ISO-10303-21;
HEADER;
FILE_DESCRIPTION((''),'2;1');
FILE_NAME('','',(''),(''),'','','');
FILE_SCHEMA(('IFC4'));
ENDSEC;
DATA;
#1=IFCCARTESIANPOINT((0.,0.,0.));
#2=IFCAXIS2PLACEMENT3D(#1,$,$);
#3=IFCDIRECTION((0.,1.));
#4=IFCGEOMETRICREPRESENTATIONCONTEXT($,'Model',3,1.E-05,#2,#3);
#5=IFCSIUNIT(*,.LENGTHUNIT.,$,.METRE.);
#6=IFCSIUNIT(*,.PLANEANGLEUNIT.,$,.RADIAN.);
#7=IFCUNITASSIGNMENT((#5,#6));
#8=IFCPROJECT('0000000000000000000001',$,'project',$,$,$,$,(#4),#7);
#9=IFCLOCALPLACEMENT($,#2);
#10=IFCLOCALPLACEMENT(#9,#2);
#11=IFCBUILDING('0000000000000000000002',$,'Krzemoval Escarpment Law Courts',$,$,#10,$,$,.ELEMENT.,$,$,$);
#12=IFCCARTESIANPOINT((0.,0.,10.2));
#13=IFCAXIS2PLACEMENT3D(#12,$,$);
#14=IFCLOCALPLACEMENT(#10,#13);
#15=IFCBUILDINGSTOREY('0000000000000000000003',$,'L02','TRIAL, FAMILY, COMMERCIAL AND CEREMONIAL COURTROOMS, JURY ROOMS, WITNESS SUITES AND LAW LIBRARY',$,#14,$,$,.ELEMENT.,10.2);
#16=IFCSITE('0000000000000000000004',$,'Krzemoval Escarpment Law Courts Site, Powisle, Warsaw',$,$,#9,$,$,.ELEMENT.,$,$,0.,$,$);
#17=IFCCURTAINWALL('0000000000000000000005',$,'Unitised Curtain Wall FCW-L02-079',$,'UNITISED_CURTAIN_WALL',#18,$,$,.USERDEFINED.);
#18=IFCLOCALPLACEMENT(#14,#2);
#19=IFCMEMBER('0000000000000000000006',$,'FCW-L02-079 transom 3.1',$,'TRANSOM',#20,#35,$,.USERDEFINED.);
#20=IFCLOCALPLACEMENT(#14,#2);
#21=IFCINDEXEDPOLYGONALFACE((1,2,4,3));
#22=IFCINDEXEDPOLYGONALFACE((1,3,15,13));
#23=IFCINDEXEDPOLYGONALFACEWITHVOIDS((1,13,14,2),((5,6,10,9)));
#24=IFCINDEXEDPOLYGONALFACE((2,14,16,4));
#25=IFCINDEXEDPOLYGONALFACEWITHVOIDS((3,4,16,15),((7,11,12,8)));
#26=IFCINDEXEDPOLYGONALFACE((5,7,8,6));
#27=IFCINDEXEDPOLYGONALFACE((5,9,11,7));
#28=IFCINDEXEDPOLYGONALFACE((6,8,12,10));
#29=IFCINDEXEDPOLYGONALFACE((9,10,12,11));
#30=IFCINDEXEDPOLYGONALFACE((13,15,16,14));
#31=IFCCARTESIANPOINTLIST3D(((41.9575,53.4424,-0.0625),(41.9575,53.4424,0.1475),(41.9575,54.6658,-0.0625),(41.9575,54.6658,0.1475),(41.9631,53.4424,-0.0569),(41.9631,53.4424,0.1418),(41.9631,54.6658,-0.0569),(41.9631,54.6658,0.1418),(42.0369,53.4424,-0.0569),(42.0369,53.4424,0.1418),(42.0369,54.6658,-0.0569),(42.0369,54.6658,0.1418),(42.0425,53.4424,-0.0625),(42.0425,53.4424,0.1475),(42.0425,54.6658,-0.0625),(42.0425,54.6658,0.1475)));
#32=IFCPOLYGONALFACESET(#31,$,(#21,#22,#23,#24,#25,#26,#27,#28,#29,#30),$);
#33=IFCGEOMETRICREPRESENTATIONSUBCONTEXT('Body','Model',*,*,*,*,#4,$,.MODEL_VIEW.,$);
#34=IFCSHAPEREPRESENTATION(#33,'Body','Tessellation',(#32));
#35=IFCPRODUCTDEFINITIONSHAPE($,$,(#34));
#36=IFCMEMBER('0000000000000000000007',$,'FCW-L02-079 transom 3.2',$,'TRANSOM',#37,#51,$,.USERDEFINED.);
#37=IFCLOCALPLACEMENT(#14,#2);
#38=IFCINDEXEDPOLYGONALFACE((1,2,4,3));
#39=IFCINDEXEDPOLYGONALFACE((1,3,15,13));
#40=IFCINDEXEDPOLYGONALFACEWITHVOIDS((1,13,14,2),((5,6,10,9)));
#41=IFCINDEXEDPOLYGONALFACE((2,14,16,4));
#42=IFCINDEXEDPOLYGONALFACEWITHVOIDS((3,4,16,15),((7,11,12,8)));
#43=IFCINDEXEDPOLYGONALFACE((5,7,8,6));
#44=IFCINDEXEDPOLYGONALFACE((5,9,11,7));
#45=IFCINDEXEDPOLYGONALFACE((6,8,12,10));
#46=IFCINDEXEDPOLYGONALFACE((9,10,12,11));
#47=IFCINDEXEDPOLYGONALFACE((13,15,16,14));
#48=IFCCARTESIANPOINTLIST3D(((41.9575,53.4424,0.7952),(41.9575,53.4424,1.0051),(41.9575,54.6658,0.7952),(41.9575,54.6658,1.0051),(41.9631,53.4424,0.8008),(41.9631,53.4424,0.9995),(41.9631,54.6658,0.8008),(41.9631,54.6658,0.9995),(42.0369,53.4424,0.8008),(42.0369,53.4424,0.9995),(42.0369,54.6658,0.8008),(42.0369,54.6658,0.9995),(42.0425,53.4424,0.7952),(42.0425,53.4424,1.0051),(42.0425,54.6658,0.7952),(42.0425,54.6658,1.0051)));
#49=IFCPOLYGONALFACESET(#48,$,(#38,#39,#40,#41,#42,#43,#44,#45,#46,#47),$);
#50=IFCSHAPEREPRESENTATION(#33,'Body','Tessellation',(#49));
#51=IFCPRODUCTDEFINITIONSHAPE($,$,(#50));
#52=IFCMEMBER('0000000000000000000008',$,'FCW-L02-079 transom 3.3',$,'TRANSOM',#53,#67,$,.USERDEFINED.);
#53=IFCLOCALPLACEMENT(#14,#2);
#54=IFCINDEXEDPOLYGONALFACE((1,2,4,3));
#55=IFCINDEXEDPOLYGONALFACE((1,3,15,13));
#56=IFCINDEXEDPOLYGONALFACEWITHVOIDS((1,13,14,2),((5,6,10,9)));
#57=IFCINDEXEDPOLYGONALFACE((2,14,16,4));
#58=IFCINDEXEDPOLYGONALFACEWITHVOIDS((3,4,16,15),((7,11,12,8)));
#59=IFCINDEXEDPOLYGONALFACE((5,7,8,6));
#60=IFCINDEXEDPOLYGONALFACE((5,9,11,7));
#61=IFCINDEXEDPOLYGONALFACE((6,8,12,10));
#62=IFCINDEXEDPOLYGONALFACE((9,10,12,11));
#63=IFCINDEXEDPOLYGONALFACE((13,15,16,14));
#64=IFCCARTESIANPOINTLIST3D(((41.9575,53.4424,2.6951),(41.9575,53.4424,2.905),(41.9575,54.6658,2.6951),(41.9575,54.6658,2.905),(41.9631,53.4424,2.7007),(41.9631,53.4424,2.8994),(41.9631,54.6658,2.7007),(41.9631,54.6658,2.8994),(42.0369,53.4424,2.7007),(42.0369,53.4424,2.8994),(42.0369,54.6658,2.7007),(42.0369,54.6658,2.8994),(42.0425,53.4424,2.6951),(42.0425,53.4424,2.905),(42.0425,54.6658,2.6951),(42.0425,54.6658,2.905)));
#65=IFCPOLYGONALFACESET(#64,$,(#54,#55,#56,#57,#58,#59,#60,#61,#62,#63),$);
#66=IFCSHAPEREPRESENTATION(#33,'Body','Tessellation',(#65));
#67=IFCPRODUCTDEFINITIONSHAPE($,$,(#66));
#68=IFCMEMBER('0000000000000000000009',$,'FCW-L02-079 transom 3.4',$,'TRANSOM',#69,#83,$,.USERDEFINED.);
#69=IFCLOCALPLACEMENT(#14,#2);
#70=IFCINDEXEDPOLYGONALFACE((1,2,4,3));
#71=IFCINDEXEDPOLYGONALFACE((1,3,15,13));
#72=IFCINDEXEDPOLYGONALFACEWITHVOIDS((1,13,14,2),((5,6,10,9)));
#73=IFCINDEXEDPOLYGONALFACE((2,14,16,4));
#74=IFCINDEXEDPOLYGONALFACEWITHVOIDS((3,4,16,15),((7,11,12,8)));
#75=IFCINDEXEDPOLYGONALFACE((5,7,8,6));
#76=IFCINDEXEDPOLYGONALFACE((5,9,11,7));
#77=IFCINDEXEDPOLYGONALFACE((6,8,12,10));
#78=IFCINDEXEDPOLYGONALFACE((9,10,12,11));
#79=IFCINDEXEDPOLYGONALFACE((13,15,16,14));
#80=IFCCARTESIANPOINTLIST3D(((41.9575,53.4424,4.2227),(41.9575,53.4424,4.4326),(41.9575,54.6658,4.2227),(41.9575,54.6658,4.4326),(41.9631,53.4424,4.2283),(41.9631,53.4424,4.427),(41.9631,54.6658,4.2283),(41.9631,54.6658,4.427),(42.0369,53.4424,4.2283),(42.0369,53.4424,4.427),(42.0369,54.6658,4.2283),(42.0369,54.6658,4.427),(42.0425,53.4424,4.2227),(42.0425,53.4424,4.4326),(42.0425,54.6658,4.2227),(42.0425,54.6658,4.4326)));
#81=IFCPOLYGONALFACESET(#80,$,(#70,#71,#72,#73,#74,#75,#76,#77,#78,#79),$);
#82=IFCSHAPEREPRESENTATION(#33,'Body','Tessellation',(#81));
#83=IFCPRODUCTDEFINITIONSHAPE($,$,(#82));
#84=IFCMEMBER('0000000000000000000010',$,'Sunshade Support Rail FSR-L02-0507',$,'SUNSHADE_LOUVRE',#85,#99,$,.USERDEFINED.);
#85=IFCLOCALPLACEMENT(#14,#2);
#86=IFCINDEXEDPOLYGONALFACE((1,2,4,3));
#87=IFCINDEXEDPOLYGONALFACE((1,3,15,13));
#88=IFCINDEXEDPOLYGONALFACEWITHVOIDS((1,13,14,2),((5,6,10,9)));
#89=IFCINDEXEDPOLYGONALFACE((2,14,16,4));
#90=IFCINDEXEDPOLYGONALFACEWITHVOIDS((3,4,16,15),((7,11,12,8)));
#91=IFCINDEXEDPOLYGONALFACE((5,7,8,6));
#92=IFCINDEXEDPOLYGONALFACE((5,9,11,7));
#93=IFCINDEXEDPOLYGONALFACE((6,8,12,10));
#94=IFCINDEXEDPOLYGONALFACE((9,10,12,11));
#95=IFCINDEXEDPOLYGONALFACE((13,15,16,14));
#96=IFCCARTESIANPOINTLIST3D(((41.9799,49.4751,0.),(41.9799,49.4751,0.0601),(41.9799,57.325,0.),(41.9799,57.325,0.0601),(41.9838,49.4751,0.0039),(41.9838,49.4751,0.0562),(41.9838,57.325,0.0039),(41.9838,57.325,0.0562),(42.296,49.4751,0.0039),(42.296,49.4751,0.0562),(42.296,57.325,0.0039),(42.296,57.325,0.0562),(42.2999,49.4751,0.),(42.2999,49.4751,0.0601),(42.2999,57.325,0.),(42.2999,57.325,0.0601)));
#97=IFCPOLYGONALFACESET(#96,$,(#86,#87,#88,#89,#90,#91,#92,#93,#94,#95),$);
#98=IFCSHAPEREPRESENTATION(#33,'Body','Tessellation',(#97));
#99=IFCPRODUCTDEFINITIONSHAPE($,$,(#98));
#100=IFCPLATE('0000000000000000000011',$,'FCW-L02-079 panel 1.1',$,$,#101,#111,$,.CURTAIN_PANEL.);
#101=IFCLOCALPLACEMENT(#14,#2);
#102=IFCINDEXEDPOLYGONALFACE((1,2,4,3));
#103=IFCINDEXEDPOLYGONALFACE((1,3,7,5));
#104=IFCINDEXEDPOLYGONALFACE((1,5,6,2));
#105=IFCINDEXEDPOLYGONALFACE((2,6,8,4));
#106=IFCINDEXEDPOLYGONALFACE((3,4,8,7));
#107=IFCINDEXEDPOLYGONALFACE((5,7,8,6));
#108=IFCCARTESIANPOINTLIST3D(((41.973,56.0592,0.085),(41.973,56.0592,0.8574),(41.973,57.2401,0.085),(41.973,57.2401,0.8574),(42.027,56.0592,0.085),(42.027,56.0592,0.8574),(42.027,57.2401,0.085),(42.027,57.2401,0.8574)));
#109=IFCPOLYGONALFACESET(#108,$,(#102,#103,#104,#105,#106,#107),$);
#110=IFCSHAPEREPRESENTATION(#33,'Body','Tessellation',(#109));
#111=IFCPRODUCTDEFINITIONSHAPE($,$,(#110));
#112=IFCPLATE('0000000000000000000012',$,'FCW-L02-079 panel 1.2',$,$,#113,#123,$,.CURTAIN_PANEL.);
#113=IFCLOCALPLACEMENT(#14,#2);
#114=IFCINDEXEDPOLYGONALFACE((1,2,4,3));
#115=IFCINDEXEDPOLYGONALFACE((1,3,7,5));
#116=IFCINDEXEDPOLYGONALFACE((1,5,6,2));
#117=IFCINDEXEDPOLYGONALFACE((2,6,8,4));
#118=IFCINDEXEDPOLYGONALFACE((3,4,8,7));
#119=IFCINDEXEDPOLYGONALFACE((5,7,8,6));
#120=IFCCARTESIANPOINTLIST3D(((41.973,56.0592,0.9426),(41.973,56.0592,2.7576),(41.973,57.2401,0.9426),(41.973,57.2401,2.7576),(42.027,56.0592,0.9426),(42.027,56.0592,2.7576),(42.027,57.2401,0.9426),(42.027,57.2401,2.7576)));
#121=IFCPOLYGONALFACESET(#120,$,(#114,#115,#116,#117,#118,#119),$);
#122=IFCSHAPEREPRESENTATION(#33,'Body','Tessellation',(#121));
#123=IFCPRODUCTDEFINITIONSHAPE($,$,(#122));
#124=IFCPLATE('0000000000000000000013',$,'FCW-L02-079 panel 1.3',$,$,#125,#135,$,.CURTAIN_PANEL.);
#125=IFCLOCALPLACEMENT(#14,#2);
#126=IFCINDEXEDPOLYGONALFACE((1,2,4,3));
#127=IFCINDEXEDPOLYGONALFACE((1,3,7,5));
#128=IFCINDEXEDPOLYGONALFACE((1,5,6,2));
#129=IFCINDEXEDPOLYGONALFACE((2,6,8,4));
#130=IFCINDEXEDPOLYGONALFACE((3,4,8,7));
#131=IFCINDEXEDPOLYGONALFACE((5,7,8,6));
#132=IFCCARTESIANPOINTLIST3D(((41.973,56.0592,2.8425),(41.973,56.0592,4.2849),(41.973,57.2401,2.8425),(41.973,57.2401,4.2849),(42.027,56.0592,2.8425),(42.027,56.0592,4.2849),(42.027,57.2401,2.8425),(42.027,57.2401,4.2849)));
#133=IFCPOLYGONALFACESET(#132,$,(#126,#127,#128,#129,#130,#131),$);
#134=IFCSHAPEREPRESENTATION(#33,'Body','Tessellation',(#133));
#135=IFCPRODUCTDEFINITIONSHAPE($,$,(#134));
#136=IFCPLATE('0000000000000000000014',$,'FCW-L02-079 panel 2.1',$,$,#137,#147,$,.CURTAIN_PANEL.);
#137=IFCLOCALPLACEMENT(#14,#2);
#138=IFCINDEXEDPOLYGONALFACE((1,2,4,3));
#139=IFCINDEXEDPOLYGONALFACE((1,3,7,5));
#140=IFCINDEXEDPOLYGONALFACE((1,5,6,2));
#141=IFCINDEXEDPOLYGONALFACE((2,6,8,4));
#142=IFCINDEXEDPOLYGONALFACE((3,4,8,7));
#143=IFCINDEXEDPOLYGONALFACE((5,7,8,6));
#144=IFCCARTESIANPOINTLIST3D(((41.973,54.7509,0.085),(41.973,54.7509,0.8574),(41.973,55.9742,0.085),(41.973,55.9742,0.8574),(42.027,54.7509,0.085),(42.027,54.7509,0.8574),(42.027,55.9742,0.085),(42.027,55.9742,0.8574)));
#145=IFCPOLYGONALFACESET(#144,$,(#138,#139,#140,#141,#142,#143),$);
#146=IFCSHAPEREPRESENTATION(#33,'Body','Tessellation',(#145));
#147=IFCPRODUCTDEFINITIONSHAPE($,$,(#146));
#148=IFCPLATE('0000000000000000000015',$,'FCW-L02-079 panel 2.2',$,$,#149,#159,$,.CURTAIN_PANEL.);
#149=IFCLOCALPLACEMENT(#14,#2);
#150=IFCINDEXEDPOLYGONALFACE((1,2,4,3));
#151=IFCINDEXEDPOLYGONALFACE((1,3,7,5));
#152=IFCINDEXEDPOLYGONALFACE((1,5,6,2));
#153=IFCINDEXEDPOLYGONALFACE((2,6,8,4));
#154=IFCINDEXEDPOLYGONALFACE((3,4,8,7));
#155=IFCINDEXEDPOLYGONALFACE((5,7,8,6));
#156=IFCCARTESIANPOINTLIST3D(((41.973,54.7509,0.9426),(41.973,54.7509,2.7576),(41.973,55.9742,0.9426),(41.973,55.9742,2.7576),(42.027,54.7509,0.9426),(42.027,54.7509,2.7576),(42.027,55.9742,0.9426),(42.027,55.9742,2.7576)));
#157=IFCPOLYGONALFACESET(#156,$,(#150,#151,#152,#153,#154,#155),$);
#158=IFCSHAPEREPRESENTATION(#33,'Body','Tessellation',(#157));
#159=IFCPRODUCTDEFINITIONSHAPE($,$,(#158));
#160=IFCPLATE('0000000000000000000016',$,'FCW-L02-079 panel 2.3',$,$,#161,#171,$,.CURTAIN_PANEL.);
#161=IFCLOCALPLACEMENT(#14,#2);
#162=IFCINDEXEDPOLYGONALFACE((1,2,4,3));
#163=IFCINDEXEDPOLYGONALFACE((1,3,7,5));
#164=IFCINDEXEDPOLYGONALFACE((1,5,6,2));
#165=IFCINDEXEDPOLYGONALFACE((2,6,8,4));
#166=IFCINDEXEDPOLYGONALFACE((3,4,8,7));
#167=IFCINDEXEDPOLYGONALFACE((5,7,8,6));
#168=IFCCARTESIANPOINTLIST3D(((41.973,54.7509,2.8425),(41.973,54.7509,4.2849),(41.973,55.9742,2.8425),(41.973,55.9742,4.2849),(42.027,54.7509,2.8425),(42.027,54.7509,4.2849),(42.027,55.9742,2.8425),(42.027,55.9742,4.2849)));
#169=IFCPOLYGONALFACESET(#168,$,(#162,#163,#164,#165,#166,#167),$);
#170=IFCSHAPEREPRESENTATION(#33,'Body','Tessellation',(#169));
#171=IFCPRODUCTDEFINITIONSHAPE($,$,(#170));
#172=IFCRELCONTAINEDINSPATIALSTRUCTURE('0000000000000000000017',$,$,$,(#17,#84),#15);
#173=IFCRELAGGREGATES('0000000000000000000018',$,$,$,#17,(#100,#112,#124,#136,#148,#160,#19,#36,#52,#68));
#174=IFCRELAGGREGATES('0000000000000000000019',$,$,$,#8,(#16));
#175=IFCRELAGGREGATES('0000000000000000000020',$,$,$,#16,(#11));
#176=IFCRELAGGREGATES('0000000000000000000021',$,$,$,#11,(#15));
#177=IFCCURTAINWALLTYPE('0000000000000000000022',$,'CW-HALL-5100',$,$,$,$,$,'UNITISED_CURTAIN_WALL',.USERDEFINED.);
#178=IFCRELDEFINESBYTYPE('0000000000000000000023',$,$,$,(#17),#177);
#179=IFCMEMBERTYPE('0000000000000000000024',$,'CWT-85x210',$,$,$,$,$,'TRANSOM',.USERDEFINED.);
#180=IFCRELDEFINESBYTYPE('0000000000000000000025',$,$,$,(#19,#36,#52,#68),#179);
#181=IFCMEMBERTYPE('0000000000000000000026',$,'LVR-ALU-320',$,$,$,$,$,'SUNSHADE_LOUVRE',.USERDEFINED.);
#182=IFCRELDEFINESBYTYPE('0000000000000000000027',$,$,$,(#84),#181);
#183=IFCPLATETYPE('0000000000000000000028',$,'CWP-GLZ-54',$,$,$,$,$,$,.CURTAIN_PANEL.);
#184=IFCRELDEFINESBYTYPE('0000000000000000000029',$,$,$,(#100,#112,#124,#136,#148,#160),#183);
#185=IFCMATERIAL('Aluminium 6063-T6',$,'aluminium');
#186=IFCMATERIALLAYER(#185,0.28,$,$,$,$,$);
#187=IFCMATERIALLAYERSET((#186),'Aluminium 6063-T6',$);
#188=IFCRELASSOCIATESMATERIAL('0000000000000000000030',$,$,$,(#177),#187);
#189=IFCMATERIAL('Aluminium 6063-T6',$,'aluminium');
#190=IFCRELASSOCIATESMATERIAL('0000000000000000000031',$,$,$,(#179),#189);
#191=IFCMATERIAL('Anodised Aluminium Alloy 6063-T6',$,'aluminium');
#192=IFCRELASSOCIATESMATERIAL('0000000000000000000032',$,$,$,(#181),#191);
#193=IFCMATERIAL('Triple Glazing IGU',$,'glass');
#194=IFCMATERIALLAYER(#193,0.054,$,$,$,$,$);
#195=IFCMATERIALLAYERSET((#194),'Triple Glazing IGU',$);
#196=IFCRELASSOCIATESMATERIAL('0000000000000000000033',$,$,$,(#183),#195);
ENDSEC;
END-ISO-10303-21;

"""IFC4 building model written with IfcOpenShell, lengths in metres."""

from ifc_helpers import new_model, si_unit, direction, frame, origin, origin_2d, place, context, subcontext, project, spatial, rectangle, hollow_rectangle, extrude, material, layer, layer_set, material_profile, profile_set, type_object, element, aggregate, save


model = new_model("IFC4")

# Units and contexts
model_context = context("Model", 3, precision=1e-05, world=origin(), true_north=direction((0.0, 1.0)))
body_context = subcontext(model_context, "Body", "Model", "MODEL_VIEW")
ifc_project = project(units=[si_unit("LENGTHUNIT", "METRE"), si_unit("PLANEANGLEUNIT", "RADIAN")], contexts=[model_context])

# Site, building, storey
site_placement = place(None, origin())
site = spatial("IfcSite", under=ifc_project, at=site_placement, Name="Krzemoval Escarpment Law Courts Site, Powisle, Warsaw", CompositionType="ELEMENT", RefElevation=0.0)
building_placement = place(site_placement, origin())
building = spatial("IfcBuilding", under=site, at=building_placement, Name="Krzemoval Escarpment Law Courts", CompositionType="ELEMENT")
storey_placement = place(building_placement, frame((0.0, 0.0, 10.2)))
storey = spatial("IfcBuildingStorey", under=building, at=storey_placement, Name="L02", Description="TRIAL, FAMILY, COMMERCIAL AND CEREMONIAL COURTROOMS, JURY ROOMS, WITNESS SUITES AND LAW LIBRARY", CompositionType="ELEMENT", Elevation=10.2)

# Curtain wall, members
ifc_material_1 = material(Name="Aluminium 6063-T6", Category="aluminium")
ifc_layer_1 = layer(ifc_material_1, 0.28)
ifc_layer_set_1 = layer_set([ifc_layer_1], Name="Aluminium 6063-T6")
curtain_wall_type = type_object("IfcCurtainWallType", Name="CW-HALL-5100", ElementType="UNITISED_CURTAIN_WALL", PredefinedType="USERDEFINED", material=ifc_layer_set_1)
curtain_wall_placement = place(storey_placement, origin())
curtain_wall = element("IfcCurtainWall", 1, at=curtain_wall_placement, inside=storey, type_object=curtain_wall_type, Name="Unitised Curtain Wall FCW-L02-079", ObjectType="UNITISED_CURTAIN_WALL", PredefinedType="USERDEFINED")
ifc_material_2 = material(Name="Aluminium 6063-T6", Category="aluminium")
ifc_material_profile_1 = material_profile(ifc_material_2, hollow_rectangle(XDim=0.085, YDim=0.21, WallThickness=0.0056, at=origin_2d()), Name="ALU T85x210")
ifc_profile_set_1 = profile_set([ifc_material_profile_1], Name="Aluminium 6063-T6")
member_type_1 = type_object("IfcMemberType", Name="CWT-85x210", ElementType="TRANSOM", PredefinedType="USERDEFINED", material=ifc_profile_set_1)
member_1_placement = place(storey_placement, frame((42.0, 54.6658, 0.0425), z_axis=(0.0, -1.0, 0.0), x_axis=(1.0, 0.0, 0.0)))
member_1 = element("IfcMember", 2, at=member_1_placement, type_object=member_type_1, Name="FCW-L02-079 transom 3.1", ObjectType="TRANSOM", PredefinedType="USERDEFINED", context=body_context, shape_type="SweptSolid", body=[
    extrude(hollow_rectangle(XDim=0.085, YDim=0.21, WallThickness=0.0056, at=origin_2d()), origin(), (0.0, 0.0, 1.0), 1.2234),
])
member_2_placement = place(storey_placement, frame((42.0, 54.6658, 0.9001), z_axis=(0.0, -1.0, 0.0), x_axis=(1.0, 0.0, 0.0)))
member_2 = element("IfcMember", 3, at=member_2_placement, type_object=member_type_1, Name="FCW-L02-079 transom 3.2", ObjectType="TRANSOM", PredefinedType="USERDEFINED", context=body_context, shape_type="SweptSolid", body=[
    extrude(hollow_rectangle(XDim=0.085, YDim=0.21, WallThickness=0.0056, at=origin_2d()), origin(), (0.0, 0.0, 1.0), 1.2234),
])
member_3_placement = place(storey_placement, frame((42.0, 54.6658, 2.8), z_axis=(0.0, -1.0, 0.0), x_axis=(1.0, 0.0, 0.0)))
member_3 = element("IfcMember", 4, at=member_3_placement, type_object=member_type_1, Name="FCW-L02-079 transom 3.3", ObjectType="TRANSOM", PredefinedType="USERDEFINED", context=body_context, shape_type="SweptSolid", body=[
    extrude(hollow_rectangle(XDim=0.085, YDim=0.21, WallThickness=0.0056, at=origin_2d()), origin(), (0.0, 0.0, 1.0), 1.2234),
])
member_4_placement = place(storey_placement, frame((42.0, 54.6658, 4.3276), z_axis=(0.0, -1.0, 0.0), x_axis=(1.0, 0.0, 0.0)))
member_4 = element("IfcMember", 5, at=member_4_placement, type_object=member_type_1, Name="FCW-L02-079 transom 3.4", ObjectType="TRANSOM", PredefinedType="USERDEFINED", context=body_context, shape_type="SweptSolid", body=[
    extrude(hollow_rectangle(XDim=0.085, YDim=0.21, WallThickness=0.0056, at=origin_2d()), origin(), (0.0, 0.0, 1.0), 1.2234),
])

# Member
ifc_material_3 = material(Name="Anodised Aluminium Alloy 6063-T6", Category="aluminium")
ifc_material_profile_2 = material_profile(ifc_material_3, hollow_rectangle(XDim=0.0601, YDim=0.3201, WallThickness=0.0039, at=origin_2d()), Name="ALU LVR 60x320")
ifc_profile_set_2 = profile_set([ifc_material_profile_2], Name="Anodised Aluminium Alloy 6063-T6")
member_type_2 = type_object("IfcMemberType", Name="LVR-ALU-320", ElementType="SUNSHADE_LOUVRE", PredefinedType="USERDEFINED", material=ifc_profile_set_2)
member_5_placement = place(storey_placement, frame((42.1399, 57.325, 0.03), z_axis=(0.0, -1.0, 0.0), x_axis=(0.0, 0.0, 1.0)))
element("IfcMember", 6, at=member_5_placement, inside=storey, type_object=member_type_2, Name="Sunshade Support Rail FSR-L02-0507", ObjectType="SUNSHADE_LOUVRE", PredefinedType="USERDEFINED", context=body_context, shape_type="SweptSolid", body=[
    extrude(hollow_rectangle(XDim=0.0601, YDim=0.3201, WallThickness=0.0039, at=origin_2d()), origin(), (0.0, 0.0, 1.0), 7.8499),
])

# Plates
ifc_material_4 = material(Name="Triple Glazing IGU", Category="glass")
ifc_layer_2 = layer(ifc_material_4, 0.054)
ifc_layer_set_2 = layer_set([ifc_layer_2], Name="Triple Glazing IGU")
plate_type = type_object("IfcPlateType", Name="CWP-GLZ-54", PredefinedType="CURTAIN_PANEL", material=ifc_layer_set_2)
plate_1_placement = place(storey_placement, frame((42.0, 56.6497, 0.085), z_axis=(0.0, 0.0, 1.0), x_axis=(0.0, -1.0, 0.0)))
plate_1 = element("IfcPlate", 7, at=plate_1_placement, type_object=plate_type, Name="FCW-L02-079 panel 1.1", PredefinedType="CURTAIN_PANEL", context=body_context, shape_type="SweptSolid", body=[
    extrude(rectangle(XDim=1.1809, YDim=0.054, at=origin_2d()), origin(), (0.0, 0.0, 1.0), 0.7725),
])
plate_2_placement = place(storey_placement, frame((42.0, 56.6497, 0.9426), z_axis=(0.0, 0.0, 1.0), x_axis=(0.0, -1.0, 0.0)))
plate_2 = element("IfcPlate", 8, at=plate_2_placement, type_object=plate_type, Name="FCW-L02-079 panel 1.2", PredefinedType="CURTAIN_PANEL", context=body_context, shape_type="SweptSolid", body=[
    extrude(rectangle(XDim=1.1809, YDim=0.054, at=origin_2d()), origin(), (0.0, 0.0, 1.0), 1.8149),
])
plate_3_placement = place(storey_placement, frame((42.0, 56.6497, 2.8425), z_axis=(0.0, 0.0, 1.0), x_axis=(0.0, -1.0, 0.0)))
plate_3 = element("IfcPlate", 9, at=plate_3_placement, type_object=plate_type, Name="FCW-L02-079 panel 1.3", PredefinedType="CURTAIN_PANEL", context=body_context, shape_type="SweptSolid", body=[
    extrude(rectangle(XDim=1.1809, YDim=0.054, at=origin_2d()), origin(), (0.0, 0.0, 1.0), 1.4424),
])
plate_4_placement = place(storey_placement, frame((42.0, 55.3625, 0.085), z_axis=(0.0, 0.0, 1.0), x_axis=(0.0, -1.0, 0.0)))
plate_4 = element("IfcPlate", 10, at=plate_4_placement, type_object=plate_type, Name="FCW-L02-079 panel 2.1", PredefinedType="CURTAIN_PANEL", context=body_context, shape_type="SweptSolid", body=[
    extrude(rectangle(XDim=1.2234, YDim=0.054, at=origin_2d()), origin(), (0.0, 0.0, 1.0), 0.7725),
])
plate_5_placement = place(storey_placement, frame((42.0, 55.3625, 0.9426), z_axis=(0.0, 0.0, 1.0), x_axis=(0.0, -1.0, 0.0)))
plate_5 = element("IfcPlate", 11, at=plate_5_placement, type_object=plate_type, Name="FCW-L02-079 panel 2.2", PredefinedType="CURTAIN_PANEL", context=body_context, shape_type="SweptSolid", body=[
    extrude(rectangle(XDim=1.2234, YDim=0.054, at=origin_2d()), origin(), (0.0, 0.0, 1.0), 1.8149),
])
plate_6_placement = place(storey_placement, frame((42.0, 55.3625, 2.8425), z_axis=(0.0, 0.0, 1.0), x_axis=(0.0, -1.0, 0.0)))
plate_6 = element("IfcPlate", 12, at=plate_6_placement, type_object=plate_type, Name="FCW-L02-079 panel 2.3", PredefinedType="CURTAIN_PANEL", context=body_context, shape_type="SweptSolid", body=[
    extrude(rectangle(XDim=1.2234, YDim=0.054, at=origin_2d()), origin(), (0.0, 0.0, 1.0), 1.4424),
])
aggregate(curtain_wall, [plate_1, plate_2, plate_3, plate_4, plate_5, plate_6, member_1, member_2, member_3, member_4])

save(model, "model.ifc")
